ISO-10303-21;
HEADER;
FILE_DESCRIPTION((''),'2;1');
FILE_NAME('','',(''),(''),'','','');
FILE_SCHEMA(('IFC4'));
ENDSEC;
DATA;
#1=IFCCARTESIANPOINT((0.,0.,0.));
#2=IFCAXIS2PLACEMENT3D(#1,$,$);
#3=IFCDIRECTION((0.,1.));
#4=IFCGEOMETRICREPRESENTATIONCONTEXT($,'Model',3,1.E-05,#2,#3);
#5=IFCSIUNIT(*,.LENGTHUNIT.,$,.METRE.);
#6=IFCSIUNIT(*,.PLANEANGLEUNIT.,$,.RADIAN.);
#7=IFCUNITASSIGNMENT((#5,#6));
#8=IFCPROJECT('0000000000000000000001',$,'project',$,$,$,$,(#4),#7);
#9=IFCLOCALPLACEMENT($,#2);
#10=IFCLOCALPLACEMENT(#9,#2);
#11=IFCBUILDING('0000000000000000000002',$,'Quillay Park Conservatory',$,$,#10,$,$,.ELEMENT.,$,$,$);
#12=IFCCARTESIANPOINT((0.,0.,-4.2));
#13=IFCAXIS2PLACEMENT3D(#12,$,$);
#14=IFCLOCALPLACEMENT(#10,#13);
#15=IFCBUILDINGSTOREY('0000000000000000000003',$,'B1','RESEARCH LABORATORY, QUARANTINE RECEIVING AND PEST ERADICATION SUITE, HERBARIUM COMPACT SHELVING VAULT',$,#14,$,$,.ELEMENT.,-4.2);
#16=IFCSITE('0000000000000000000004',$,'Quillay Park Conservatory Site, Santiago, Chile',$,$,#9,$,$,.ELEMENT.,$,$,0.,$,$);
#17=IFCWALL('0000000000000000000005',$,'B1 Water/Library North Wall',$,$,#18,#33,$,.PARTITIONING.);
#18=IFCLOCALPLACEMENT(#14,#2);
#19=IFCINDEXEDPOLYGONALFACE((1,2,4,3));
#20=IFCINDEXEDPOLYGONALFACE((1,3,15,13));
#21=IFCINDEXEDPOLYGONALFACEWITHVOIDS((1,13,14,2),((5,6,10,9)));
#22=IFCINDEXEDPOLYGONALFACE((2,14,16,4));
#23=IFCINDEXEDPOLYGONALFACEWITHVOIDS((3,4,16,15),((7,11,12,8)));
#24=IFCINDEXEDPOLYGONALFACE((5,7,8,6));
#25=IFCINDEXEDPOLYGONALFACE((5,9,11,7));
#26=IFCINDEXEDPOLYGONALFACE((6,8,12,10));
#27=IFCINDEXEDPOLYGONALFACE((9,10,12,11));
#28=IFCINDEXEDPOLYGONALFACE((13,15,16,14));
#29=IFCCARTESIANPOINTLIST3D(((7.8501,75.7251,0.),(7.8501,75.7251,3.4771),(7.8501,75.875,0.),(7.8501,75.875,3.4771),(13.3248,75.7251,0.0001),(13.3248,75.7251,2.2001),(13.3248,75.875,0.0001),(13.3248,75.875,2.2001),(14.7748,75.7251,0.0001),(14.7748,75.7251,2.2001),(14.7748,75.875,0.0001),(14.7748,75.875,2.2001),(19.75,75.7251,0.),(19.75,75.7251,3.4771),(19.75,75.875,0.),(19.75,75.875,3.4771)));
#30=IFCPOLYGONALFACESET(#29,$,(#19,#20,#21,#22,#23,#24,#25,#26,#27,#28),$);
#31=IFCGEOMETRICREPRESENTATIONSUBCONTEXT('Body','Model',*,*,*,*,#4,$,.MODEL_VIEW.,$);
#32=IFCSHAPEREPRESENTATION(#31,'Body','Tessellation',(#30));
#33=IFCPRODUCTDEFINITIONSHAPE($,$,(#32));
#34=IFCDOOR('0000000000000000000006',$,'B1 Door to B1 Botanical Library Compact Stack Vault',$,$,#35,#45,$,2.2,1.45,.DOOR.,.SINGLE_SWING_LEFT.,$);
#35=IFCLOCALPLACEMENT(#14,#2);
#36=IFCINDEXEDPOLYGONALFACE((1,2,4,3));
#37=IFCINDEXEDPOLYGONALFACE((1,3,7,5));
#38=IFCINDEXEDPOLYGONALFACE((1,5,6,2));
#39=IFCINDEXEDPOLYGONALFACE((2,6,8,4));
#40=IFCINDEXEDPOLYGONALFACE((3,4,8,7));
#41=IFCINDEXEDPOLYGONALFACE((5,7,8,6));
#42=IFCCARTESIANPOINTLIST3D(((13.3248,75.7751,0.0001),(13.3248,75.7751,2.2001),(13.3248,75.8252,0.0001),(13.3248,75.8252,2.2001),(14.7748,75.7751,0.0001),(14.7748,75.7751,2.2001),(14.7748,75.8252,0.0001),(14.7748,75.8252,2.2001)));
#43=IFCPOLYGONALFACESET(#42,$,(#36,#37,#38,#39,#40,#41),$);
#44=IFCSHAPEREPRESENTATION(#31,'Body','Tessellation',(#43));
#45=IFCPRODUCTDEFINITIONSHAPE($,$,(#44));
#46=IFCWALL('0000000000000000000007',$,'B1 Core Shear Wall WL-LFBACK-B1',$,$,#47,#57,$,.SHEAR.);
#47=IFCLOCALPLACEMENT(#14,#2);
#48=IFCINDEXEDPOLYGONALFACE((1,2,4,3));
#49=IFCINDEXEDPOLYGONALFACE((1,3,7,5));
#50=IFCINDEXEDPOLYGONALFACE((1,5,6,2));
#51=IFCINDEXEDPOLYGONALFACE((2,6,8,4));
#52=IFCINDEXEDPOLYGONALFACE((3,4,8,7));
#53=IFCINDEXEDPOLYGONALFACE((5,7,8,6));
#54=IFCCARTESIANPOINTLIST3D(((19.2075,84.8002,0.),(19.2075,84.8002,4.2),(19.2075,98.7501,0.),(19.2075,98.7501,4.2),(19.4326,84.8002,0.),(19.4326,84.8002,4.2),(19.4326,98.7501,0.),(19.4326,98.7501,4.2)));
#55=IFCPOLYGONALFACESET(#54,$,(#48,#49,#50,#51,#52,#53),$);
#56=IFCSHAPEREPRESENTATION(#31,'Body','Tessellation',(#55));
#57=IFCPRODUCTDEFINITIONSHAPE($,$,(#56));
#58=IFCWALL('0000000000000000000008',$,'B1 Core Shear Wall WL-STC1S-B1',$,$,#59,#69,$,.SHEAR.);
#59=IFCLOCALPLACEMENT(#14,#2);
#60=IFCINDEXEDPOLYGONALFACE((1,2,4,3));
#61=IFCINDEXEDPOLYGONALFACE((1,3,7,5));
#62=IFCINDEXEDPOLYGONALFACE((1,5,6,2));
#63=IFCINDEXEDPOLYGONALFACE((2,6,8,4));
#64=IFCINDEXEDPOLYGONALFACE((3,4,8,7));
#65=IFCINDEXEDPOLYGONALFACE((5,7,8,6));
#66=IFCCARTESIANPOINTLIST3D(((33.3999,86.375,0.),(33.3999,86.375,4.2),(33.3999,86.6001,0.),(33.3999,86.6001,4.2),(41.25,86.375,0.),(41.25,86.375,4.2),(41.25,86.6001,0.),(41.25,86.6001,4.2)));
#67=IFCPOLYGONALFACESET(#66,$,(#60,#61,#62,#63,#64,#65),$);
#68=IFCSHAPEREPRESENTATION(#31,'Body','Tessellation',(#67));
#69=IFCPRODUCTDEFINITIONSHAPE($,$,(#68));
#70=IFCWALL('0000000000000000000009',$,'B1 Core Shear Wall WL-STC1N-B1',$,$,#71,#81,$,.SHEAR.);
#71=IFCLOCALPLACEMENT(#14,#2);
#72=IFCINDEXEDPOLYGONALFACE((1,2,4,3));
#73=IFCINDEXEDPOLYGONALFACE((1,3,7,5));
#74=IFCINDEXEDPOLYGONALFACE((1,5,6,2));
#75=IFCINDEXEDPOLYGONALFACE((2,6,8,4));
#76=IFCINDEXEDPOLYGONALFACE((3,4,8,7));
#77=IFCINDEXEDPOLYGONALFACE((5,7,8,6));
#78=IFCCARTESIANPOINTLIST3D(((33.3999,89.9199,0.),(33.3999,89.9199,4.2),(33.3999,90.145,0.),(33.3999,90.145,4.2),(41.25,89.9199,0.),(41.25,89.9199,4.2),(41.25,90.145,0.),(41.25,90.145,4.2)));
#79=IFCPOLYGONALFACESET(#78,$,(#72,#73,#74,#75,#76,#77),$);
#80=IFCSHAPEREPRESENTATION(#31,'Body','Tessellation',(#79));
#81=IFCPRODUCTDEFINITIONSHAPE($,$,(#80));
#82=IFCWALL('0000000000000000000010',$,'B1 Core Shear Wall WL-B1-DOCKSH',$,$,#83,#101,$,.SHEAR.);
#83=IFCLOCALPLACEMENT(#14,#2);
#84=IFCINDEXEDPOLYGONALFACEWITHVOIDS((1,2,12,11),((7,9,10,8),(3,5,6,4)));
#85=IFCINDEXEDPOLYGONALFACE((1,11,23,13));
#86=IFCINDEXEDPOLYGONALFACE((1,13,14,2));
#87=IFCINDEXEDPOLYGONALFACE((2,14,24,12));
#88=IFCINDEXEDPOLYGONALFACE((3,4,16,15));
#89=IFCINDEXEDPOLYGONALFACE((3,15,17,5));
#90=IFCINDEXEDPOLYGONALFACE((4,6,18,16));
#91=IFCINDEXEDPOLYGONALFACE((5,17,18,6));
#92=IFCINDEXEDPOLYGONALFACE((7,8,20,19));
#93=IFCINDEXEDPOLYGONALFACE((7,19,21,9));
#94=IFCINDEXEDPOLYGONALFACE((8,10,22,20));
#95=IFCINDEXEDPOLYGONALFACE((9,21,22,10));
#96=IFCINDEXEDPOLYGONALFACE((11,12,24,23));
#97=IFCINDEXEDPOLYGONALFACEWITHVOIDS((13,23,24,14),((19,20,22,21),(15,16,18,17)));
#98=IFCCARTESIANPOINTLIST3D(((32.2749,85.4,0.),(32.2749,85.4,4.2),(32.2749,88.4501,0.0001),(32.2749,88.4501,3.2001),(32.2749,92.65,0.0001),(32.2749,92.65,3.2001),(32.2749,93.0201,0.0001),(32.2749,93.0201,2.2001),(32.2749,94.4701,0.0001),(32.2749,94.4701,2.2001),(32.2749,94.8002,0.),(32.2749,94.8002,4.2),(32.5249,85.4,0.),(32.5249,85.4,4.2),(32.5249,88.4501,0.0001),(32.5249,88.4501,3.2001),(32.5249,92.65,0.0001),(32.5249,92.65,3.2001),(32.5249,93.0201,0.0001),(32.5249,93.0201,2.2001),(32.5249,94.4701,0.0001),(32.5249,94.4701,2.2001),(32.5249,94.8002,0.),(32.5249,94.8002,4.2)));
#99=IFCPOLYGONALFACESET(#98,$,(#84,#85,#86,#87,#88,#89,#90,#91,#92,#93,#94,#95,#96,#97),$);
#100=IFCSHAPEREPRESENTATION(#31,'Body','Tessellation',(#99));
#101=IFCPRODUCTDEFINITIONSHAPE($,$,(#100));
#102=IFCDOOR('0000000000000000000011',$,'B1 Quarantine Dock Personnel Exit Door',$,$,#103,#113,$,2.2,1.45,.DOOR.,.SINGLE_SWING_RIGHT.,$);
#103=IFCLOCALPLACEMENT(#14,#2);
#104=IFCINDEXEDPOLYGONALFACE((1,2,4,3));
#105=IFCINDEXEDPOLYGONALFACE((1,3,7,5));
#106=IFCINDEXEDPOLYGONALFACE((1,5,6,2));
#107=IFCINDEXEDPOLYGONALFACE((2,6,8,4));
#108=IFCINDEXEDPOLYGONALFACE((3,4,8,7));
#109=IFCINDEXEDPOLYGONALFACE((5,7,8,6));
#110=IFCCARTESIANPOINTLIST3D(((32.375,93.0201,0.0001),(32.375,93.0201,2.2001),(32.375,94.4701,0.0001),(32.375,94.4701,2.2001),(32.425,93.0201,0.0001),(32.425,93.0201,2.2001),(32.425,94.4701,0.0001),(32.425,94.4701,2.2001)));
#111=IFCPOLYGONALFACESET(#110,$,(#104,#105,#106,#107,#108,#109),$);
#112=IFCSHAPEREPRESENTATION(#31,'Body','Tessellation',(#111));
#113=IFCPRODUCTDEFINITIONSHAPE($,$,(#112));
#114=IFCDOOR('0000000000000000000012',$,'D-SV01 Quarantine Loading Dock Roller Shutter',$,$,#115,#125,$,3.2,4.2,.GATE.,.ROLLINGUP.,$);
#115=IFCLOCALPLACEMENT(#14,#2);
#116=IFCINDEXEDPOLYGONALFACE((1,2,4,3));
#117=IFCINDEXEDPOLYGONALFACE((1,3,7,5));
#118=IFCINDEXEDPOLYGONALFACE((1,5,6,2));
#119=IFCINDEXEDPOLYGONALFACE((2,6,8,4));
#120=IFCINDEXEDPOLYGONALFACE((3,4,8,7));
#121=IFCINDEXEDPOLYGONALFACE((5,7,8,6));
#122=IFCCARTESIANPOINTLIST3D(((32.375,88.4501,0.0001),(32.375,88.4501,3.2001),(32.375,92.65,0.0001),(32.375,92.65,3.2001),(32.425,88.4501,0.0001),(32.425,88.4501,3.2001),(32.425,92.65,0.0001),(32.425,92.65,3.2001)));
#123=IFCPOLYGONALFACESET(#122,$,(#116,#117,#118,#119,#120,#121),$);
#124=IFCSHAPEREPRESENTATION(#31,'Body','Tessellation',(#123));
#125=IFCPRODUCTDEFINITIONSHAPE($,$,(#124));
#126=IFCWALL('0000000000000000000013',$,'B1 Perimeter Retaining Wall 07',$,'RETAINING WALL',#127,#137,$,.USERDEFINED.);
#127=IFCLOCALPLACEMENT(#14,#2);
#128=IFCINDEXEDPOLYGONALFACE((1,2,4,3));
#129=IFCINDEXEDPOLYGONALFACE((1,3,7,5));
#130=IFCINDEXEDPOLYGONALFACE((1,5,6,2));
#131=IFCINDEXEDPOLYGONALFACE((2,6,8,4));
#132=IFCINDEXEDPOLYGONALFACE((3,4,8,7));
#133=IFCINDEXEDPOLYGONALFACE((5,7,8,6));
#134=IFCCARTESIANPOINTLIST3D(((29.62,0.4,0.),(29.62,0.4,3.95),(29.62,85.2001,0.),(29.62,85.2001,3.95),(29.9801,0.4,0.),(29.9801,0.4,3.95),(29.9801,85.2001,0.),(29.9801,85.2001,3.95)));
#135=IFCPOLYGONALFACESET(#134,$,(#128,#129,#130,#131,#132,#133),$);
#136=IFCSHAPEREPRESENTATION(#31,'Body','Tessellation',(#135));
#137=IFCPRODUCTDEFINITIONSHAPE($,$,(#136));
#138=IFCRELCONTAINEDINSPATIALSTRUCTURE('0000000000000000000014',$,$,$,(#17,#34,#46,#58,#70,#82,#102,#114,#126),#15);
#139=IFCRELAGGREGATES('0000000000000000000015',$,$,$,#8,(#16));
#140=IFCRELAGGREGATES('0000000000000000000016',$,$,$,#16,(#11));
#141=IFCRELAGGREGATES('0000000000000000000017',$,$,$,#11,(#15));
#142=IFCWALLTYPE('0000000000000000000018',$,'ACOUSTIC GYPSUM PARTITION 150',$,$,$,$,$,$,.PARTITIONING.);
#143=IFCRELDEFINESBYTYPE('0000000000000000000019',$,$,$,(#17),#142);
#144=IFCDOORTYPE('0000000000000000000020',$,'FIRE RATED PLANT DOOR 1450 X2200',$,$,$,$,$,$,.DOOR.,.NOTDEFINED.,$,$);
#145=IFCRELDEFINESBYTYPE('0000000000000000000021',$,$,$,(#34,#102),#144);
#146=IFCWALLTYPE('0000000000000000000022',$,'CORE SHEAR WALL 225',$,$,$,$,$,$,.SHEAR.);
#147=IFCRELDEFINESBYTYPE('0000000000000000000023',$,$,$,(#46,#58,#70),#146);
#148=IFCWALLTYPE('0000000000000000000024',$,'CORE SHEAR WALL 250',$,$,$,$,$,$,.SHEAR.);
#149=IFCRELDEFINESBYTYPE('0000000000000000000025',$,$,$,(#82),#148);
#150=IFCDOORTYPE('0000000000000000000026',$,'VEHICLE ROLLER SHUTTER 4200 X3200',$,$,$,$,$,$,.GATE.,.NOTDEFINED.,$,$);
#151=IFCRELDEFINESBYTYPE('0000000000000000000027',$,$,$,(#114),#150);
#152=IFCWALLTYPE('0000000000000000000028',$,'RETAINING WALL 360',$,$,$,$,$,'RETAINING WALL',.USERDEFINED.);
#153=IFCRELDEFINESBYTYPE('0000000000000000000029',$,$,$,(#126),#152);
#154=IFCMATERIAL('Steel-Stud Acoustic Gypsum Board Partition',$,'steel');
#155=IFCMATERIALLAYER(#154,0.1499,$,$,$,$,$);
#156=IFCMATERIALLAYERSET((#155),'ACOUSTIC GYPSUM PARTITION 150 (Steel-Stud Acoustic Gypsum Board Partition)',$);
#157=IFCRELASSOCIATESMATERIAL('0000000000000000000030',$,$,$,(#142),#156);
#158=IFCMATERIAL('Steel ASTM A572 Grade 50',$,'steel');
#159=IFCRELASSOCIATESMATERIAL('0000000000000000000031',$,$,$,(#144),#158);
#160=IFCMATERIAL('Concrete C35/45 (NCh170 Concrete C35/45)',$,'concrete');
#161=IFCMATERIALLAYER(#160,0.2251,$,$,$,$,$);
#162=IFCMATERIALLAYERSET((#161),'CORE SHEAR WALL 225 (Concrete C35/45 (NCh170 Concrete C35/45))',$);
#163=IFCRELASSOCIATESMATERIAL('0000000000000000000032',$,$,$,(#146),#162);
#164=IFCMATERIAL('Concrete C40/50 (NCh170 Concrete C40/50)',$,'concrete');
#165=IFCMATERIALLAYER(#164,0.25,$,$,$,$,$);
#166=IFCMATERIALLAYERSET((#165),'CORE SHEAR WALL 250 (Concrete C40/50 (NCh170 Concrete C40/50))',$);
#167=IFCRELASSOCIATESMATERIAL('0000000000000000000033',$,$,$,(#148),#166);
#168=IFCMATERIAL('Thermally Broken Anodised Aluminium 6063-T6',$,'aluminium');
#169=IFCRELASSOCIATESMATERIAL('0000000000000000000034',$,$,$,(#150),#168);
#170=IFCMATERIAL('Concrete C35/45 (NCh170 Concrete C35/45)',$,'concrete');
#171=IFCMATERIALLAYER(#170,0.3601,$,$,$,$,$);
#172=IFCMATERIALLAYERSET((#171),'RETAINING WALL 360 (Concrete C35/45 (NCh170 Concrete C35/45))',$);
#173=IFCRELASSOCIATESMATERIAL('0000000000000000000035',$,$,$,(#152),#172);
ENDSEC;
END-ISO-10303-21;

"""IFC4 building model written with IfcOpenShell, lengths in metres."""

from ifc_helpers import new_model, si_unit, direction, frame, frame_2d, origin, place, context, subcontext, project, spatial, rectangle, extrude, material, layer, layer_set, type_object, element, fill, save


model = new_model("IFC4")

# Units and contexts
model_context = context("Model", 3, precision=1e-05, world=origin(), true_north=direction((0.0, 1.0)))
body_context = subcontext(model_context, "Body", "Model", "MODEL_VIEW")
ifc_project = project(units=[si_unit("LENGTHUNIT", "METRE"), si_unit("PLANEANGLEUNIT", "RADIAN")], contexts=[model_context])

# Site, building, storey
site_placement = place(None, origin())
site = spatial("IfcSite", under=ifc_project, at=site_placement, Name="Quillay Park Conservatory Site, Santiago, Chile", CompositionType="ELEMENT", RefElevation=0.0)
building_placement = place(site_placement, origin())
building = spatial("IfcBuilding", under=site, at=building_placement, Name="Quillay Park Conservatory", CompositionType="ELEMENT")
storey_placement = place(building_placement, frame((0.0, 0.0, -4.2)))
storey = spatial("IfcBuildingStorey", under=building, at=storey_placement, Name="B1", Description="RESEARCH LABORATORY, QUARANTINE RECEIVING AND PEST ERADICATION SUITE, HERBARIUM COMPACT SHELVING VAULT", CompositionType="ELEMENT", Elevation=-4.2)

# Wall, opening, door
ifc_material_1 = material(Name="Steel-Stud Acoustic Gypsum Board Partition", Category="steel")
ifc_layer_1 = layer(ifc_material_1, 0.1499)
ifc_layer_set_1 = layer_set([ifc_layer_1], Name="ACOUSTIC GYPSUM PARTITION 150 (Steel-Stud Acoustic Gypsum Board Partition)")
wall_type_1 = type_object("IfcWallType", Name="ACOUSTIC GYPSUM PARTITION 150", PredefinedType="PARTITIONING", material=ifc_layer_set_1)
wall_1_placement = place(storey_placement, frame((19.75, 75.8, 0.0), z_axis=(0.0, 0.0, 1.0), x_axis=(-1.0, 0.0, 0.0)))
wall_1 = element("IfcWall", 1, at=wall_1_placement, inside=storey, type_object=wall_type_1, Name="B1 Water/Library North Wall", PredefinedType="PARTITIONING", context=body_context, shape_type="SweptSolid", body=[
    extrude(rectangle(XDim=11.8999, YDim=0.1499, at=frame_2d((5.95, 0.0))), origin(), (0.0, 0.0, 1.0), 3.4771),
])
opening_1_placement = place(wall_1_placement, frame((4.9751, 0.0, 0.0)))
opening_1 = element("IfcOpeningElement", 2, at=opening_1_placement, cuts=wall_1, PredefinedType="OPENING", context=body_context, shape_type="SweptSolid", body=[
    extrude(rectangle(XDim=1.45, YDim=2.2, at=frame_2d((0.7251, 1.1001))), frame((0.0, 0.075, 0.0), z_axis=(0.0, -1.0, 0.0), x_axis=(1.0, 0.0, 0.0)), (0.0, 0.0, 1.0), 0.1499),
])
ifc_material_2 = material(Name="Steel ASTM A572 Grade 50", Category="steel")
door_type_1 = type_object("IfcDoorType", Name="FIRE RATED PLANT DOOR 1450 X2200", OperationType="NOTDEFINED", PredefinedType="DOOR", material=ifc_material_2)
door_1_placement = place(opening_1_placement, origin())
door_1 = element("IfcDoor", 3, at=door_1_placement, inside=storey, type_object=door_type_1, Name="B1 Door to B1 Botanical Library Compact Stack Vault", OperationType="SINGLE_SWING_LEFT", OverallHeight=2.2, OverallWidth=1.45, PredefinedType="DOOR", context=body_context, shape_type="SweptSolid", body=[
    extrude(rectangle(XDim=1.45, YDim=2.2, at=frame_2d((0.7251, 1.1001))), frame((0.0, 0.0249, 0.0), z_axis=(0.0, -1.0, 0.0), x_axis=(1.0, 0.0, 0.0)), (0.0, 0.0, 1.0), 0.05),
])
fill(opening_1, door_1)

# Walls
ifc_material_3 = material(Name="Concrete C35/45 (NCh170 Concrete C35/45)", Category="concrete")
ifc_layer_2 = layer(ifc_material_3, 0.2251)
ifc_layer_set_2 = layer_set([ifc_layer_2], Name="CORE SHEAR WALL 225 (Concrete C35/45 (NCh170 Concrete C35/45))")
wall_type_2 = type_object("IfcWallType", Name="CORE SHEAR WALL 225", PredefinedType="SHEAR", material=ifc_layer_set_2)
wall_2_placement = place(storey_placement, frame((19.3201, 84.8, 0.0), z_axis=(0.0, 0.0, 1.0), x_axis=(0.0, 1.0, 0.0)))
element("IfcWall", 4, at=wall_2_placement, inside=storey, type_object=wall_type_2, Name="B1 Core Shear Wall WL-LFBACK-B1", PredefinedType="SHEAR", context=body_context, shape_type="SweptSolid", body=[
    extrude(rectangle(XDim=13.95, YDim=0.2251, at=frame_2d((6.9751, 0.0))), origin(), (0.0, 0.0, 1.0), 4.2),
])
for number, where, z_axis, x_axis, name in (
    (5, (33.3999, 86.4875, 0.0), (0.0, 0.0, 1.0), (1.0, 0.0, 0.0), "B1 Core Shear Wall WL-STC1S-B1"),
    (6, (33.3999, 90.0325, 0.0), (0.0, 0.0, 1.0), (1.0, 0.0, 0.0), "B1 Core Shear Wall WL-STC1N-B1"),
):
    element("IfcWall", number, at=place(storey_placement, frame(where, z_axis=z_axis, x_axis=x_axis)), inside=storey, type_object=wall_type_2, Name=name, PredefinedType="SHEAR", context=body_context, shape_type="SweptSolid", body=[
        extrude(rectangle(XDim=7.8501, YDim=0.2251, at=frame_2d((3.925, 0.0))), origin(), (0.0, 0.0, 1.0), 4.2),
    ])

# Wall, openings, doors
ifc_material_4 = material(Name="Concrete C40/50 (NCh170 Concrete C40/50)", Category="concrete")
ifc_layer_3 = layer(ifc_material_4, 0.25)
ifc_layer_set_3 = layer_set([ifc_layer_3], Name="CORE SHEAR WALL 250 (Concrete C40/50 (NCh170 Concrete C40/50))")
wall_type_3 = type_object("IfcWallType", Name="CORE SHEAR WALL 250", PredefinedType="SHEAR", material=ifc_layer_set_3)
wall_3_placement = place(storey_placement, frame((32.3999, 85.3999, 0.0), z_axis=(0.0, 0.0, 1.0), x_axis=(0.0, 1.0, 0.0)))
wall_3 = element("IfcWall", 7, at=wall_3_placement, inside=storey, type_object=wall_type_3, Name="B1 Core Shear Wall WL-B1-DOCKSH", PredefinedType="SHEAR", context=body_context, shape_type="SweptSolid", body=[
    extrude(rectangle(XDim=9.4001, YDim=0.25, at=frame_2d((4.7002, 0.0))), origin(), (0.0, 0.0, 1.0), 4.2),
])
opening_2_placement = place(wall_3_placement, frame((7.6201, 0.0, 0.0)))
opening_2 = element("IfcOpeningElement", 8, at=opening_2_placement, cuts=wall_3, PredefinedType="OPENING", context=body_context, shape_type="SweptSolid", body=[
    extrude(rectangle(XDim=1.45, YDim=2.2, at=frame_2d((0.7251, 1.1001))), frame((0.0, 0.125, 0.0), z_axis=(0.0, -1.0, 0.0), x_axis=(1.0, 0.0, 0.0)), (0.0, 0.0, 1.0), 0.25),
])
opening_3_placement = place(wall_3_placement, frame((3.05, 0.0, 0.0)))
opening_3 = element("IfcOpeningElement", 9, at=opening_3_placement, cuts=wall_3, PredefinedType="OPENING", context=body_context, shape_type="SweptSolid", body=[
    extrude(rectangle(XDim=4.2, YDim=3.2, at=frame_2d((2.1001, 1.6001))), frame((0.0, 0.125, 0.0), z_axis=(0.0, -1.0, 0.0), x_axis=(1.0, 0.0, 0.0)), (0.0, 0.0, 1.0), 0.25),
])
door_2_placement = place(opening_2_placement, origin())
door_2 = element("IfcDoor", 10, at=door_2_placement, inside=storey, type_object=door_type_1, Name="B1 Quarantine Dock Personnel Exit Door", OperationType="SINGLE_SWING_RIGHT", OverallHeight=2.2, OverallWidth=1.45, PredefinedType="DOOR", context=body_context, shape_type="SweptSolid", body=[
    extrude(rectangle(XDim=1.45, YDim=2.2, at=frame_2d((0.7251, 1.1001))), frame((0.0, 0.0249, 0.0), z_axis=(0.0, -1.0, 0.0), x_axis=(1.0, 0.0, 0.0)), (0.0, 0.0, 1.0), 0.05),
])
fill(opening_2, door_2)
ifc_material_5 = material(Name="Thermally Broken Anodised Aluminium 6063-T6", Category="aluminium")
door_type_2 = type_object("IfcDoorType", Name="VEHICLE ROLLER SHUTTER 4200 X3200", OperationType="NOTDEFINED", PredefinedType="GATE", material=ifc_material_5)
door_3_placement = place(opening_3_placement, origin())
door_3 = element("IfcDoor", 11, at=door_3_placement, inside=storey, type_object=door_type_2, Name="D-SV01 Quarantine Loading Dock Roller Shutter", OperationType="ROLLINGUP", OverallHeight=3.2, OverallWidth=4.2, PredefinedType="GATE", context=body_context, shape_type="SweptSolid", body=[
    extrude(rectangle(XDim=4.2, YDim=3.2, at=frame_2d((2.1001, 1.6001))), frame((0.0, 0.0249, 0.0), z_axis=(0.0, -1.0, 0.0), x_axis=(1.0, 0.0, 0.0)), (0.0, 0.0, 1.0), 0.05),
])
fill(opening_3, door_3)

# Wall
ifc_material_6 = material(Name="Concrete C35/45 (NCh170 Concrete C35/45)", Category="concrete")
ifc_layer_4 = layer(ifc_material_6, 0.3601)
ifc_layer_set_4 = layer_set([ifc_layer_4], Name="RETAINING WALL 360 (Concrete C35/45 (NCh170 Concrete C35/45))")
wall_type_4 = type_object("IfcWallType", Name="RETAINING WALL 360", ElementType="RETAINING WALL", PredefinedType="USERDEFINED", material=ifc_layer_set_4)
wall_4_placement = place(storey_placement, frame((29.8, 85.2, 0.0), z_axis=(0.0, 0.0, 1.0), x_axis=(0.0, -1.0, 0.0)))
element("IfcWall", 12, at=wall_4_placement, inside=storey, type_object=wall_type_4, Name="B1 Perimeter Retaining Wall 07", ObjectType="RETAINING WALL", PredefinedType="USERDEFINED", context=body_context, shape_type="SweptSolid", body=[
    extrude(rectangle(XDim=84.8, YDim=0.3601, at=frame_2d((42.3999, 0.0))), origin(), (0.0, 0.0, 1.0), 3.95),
])

save(model, "model.ifc")
